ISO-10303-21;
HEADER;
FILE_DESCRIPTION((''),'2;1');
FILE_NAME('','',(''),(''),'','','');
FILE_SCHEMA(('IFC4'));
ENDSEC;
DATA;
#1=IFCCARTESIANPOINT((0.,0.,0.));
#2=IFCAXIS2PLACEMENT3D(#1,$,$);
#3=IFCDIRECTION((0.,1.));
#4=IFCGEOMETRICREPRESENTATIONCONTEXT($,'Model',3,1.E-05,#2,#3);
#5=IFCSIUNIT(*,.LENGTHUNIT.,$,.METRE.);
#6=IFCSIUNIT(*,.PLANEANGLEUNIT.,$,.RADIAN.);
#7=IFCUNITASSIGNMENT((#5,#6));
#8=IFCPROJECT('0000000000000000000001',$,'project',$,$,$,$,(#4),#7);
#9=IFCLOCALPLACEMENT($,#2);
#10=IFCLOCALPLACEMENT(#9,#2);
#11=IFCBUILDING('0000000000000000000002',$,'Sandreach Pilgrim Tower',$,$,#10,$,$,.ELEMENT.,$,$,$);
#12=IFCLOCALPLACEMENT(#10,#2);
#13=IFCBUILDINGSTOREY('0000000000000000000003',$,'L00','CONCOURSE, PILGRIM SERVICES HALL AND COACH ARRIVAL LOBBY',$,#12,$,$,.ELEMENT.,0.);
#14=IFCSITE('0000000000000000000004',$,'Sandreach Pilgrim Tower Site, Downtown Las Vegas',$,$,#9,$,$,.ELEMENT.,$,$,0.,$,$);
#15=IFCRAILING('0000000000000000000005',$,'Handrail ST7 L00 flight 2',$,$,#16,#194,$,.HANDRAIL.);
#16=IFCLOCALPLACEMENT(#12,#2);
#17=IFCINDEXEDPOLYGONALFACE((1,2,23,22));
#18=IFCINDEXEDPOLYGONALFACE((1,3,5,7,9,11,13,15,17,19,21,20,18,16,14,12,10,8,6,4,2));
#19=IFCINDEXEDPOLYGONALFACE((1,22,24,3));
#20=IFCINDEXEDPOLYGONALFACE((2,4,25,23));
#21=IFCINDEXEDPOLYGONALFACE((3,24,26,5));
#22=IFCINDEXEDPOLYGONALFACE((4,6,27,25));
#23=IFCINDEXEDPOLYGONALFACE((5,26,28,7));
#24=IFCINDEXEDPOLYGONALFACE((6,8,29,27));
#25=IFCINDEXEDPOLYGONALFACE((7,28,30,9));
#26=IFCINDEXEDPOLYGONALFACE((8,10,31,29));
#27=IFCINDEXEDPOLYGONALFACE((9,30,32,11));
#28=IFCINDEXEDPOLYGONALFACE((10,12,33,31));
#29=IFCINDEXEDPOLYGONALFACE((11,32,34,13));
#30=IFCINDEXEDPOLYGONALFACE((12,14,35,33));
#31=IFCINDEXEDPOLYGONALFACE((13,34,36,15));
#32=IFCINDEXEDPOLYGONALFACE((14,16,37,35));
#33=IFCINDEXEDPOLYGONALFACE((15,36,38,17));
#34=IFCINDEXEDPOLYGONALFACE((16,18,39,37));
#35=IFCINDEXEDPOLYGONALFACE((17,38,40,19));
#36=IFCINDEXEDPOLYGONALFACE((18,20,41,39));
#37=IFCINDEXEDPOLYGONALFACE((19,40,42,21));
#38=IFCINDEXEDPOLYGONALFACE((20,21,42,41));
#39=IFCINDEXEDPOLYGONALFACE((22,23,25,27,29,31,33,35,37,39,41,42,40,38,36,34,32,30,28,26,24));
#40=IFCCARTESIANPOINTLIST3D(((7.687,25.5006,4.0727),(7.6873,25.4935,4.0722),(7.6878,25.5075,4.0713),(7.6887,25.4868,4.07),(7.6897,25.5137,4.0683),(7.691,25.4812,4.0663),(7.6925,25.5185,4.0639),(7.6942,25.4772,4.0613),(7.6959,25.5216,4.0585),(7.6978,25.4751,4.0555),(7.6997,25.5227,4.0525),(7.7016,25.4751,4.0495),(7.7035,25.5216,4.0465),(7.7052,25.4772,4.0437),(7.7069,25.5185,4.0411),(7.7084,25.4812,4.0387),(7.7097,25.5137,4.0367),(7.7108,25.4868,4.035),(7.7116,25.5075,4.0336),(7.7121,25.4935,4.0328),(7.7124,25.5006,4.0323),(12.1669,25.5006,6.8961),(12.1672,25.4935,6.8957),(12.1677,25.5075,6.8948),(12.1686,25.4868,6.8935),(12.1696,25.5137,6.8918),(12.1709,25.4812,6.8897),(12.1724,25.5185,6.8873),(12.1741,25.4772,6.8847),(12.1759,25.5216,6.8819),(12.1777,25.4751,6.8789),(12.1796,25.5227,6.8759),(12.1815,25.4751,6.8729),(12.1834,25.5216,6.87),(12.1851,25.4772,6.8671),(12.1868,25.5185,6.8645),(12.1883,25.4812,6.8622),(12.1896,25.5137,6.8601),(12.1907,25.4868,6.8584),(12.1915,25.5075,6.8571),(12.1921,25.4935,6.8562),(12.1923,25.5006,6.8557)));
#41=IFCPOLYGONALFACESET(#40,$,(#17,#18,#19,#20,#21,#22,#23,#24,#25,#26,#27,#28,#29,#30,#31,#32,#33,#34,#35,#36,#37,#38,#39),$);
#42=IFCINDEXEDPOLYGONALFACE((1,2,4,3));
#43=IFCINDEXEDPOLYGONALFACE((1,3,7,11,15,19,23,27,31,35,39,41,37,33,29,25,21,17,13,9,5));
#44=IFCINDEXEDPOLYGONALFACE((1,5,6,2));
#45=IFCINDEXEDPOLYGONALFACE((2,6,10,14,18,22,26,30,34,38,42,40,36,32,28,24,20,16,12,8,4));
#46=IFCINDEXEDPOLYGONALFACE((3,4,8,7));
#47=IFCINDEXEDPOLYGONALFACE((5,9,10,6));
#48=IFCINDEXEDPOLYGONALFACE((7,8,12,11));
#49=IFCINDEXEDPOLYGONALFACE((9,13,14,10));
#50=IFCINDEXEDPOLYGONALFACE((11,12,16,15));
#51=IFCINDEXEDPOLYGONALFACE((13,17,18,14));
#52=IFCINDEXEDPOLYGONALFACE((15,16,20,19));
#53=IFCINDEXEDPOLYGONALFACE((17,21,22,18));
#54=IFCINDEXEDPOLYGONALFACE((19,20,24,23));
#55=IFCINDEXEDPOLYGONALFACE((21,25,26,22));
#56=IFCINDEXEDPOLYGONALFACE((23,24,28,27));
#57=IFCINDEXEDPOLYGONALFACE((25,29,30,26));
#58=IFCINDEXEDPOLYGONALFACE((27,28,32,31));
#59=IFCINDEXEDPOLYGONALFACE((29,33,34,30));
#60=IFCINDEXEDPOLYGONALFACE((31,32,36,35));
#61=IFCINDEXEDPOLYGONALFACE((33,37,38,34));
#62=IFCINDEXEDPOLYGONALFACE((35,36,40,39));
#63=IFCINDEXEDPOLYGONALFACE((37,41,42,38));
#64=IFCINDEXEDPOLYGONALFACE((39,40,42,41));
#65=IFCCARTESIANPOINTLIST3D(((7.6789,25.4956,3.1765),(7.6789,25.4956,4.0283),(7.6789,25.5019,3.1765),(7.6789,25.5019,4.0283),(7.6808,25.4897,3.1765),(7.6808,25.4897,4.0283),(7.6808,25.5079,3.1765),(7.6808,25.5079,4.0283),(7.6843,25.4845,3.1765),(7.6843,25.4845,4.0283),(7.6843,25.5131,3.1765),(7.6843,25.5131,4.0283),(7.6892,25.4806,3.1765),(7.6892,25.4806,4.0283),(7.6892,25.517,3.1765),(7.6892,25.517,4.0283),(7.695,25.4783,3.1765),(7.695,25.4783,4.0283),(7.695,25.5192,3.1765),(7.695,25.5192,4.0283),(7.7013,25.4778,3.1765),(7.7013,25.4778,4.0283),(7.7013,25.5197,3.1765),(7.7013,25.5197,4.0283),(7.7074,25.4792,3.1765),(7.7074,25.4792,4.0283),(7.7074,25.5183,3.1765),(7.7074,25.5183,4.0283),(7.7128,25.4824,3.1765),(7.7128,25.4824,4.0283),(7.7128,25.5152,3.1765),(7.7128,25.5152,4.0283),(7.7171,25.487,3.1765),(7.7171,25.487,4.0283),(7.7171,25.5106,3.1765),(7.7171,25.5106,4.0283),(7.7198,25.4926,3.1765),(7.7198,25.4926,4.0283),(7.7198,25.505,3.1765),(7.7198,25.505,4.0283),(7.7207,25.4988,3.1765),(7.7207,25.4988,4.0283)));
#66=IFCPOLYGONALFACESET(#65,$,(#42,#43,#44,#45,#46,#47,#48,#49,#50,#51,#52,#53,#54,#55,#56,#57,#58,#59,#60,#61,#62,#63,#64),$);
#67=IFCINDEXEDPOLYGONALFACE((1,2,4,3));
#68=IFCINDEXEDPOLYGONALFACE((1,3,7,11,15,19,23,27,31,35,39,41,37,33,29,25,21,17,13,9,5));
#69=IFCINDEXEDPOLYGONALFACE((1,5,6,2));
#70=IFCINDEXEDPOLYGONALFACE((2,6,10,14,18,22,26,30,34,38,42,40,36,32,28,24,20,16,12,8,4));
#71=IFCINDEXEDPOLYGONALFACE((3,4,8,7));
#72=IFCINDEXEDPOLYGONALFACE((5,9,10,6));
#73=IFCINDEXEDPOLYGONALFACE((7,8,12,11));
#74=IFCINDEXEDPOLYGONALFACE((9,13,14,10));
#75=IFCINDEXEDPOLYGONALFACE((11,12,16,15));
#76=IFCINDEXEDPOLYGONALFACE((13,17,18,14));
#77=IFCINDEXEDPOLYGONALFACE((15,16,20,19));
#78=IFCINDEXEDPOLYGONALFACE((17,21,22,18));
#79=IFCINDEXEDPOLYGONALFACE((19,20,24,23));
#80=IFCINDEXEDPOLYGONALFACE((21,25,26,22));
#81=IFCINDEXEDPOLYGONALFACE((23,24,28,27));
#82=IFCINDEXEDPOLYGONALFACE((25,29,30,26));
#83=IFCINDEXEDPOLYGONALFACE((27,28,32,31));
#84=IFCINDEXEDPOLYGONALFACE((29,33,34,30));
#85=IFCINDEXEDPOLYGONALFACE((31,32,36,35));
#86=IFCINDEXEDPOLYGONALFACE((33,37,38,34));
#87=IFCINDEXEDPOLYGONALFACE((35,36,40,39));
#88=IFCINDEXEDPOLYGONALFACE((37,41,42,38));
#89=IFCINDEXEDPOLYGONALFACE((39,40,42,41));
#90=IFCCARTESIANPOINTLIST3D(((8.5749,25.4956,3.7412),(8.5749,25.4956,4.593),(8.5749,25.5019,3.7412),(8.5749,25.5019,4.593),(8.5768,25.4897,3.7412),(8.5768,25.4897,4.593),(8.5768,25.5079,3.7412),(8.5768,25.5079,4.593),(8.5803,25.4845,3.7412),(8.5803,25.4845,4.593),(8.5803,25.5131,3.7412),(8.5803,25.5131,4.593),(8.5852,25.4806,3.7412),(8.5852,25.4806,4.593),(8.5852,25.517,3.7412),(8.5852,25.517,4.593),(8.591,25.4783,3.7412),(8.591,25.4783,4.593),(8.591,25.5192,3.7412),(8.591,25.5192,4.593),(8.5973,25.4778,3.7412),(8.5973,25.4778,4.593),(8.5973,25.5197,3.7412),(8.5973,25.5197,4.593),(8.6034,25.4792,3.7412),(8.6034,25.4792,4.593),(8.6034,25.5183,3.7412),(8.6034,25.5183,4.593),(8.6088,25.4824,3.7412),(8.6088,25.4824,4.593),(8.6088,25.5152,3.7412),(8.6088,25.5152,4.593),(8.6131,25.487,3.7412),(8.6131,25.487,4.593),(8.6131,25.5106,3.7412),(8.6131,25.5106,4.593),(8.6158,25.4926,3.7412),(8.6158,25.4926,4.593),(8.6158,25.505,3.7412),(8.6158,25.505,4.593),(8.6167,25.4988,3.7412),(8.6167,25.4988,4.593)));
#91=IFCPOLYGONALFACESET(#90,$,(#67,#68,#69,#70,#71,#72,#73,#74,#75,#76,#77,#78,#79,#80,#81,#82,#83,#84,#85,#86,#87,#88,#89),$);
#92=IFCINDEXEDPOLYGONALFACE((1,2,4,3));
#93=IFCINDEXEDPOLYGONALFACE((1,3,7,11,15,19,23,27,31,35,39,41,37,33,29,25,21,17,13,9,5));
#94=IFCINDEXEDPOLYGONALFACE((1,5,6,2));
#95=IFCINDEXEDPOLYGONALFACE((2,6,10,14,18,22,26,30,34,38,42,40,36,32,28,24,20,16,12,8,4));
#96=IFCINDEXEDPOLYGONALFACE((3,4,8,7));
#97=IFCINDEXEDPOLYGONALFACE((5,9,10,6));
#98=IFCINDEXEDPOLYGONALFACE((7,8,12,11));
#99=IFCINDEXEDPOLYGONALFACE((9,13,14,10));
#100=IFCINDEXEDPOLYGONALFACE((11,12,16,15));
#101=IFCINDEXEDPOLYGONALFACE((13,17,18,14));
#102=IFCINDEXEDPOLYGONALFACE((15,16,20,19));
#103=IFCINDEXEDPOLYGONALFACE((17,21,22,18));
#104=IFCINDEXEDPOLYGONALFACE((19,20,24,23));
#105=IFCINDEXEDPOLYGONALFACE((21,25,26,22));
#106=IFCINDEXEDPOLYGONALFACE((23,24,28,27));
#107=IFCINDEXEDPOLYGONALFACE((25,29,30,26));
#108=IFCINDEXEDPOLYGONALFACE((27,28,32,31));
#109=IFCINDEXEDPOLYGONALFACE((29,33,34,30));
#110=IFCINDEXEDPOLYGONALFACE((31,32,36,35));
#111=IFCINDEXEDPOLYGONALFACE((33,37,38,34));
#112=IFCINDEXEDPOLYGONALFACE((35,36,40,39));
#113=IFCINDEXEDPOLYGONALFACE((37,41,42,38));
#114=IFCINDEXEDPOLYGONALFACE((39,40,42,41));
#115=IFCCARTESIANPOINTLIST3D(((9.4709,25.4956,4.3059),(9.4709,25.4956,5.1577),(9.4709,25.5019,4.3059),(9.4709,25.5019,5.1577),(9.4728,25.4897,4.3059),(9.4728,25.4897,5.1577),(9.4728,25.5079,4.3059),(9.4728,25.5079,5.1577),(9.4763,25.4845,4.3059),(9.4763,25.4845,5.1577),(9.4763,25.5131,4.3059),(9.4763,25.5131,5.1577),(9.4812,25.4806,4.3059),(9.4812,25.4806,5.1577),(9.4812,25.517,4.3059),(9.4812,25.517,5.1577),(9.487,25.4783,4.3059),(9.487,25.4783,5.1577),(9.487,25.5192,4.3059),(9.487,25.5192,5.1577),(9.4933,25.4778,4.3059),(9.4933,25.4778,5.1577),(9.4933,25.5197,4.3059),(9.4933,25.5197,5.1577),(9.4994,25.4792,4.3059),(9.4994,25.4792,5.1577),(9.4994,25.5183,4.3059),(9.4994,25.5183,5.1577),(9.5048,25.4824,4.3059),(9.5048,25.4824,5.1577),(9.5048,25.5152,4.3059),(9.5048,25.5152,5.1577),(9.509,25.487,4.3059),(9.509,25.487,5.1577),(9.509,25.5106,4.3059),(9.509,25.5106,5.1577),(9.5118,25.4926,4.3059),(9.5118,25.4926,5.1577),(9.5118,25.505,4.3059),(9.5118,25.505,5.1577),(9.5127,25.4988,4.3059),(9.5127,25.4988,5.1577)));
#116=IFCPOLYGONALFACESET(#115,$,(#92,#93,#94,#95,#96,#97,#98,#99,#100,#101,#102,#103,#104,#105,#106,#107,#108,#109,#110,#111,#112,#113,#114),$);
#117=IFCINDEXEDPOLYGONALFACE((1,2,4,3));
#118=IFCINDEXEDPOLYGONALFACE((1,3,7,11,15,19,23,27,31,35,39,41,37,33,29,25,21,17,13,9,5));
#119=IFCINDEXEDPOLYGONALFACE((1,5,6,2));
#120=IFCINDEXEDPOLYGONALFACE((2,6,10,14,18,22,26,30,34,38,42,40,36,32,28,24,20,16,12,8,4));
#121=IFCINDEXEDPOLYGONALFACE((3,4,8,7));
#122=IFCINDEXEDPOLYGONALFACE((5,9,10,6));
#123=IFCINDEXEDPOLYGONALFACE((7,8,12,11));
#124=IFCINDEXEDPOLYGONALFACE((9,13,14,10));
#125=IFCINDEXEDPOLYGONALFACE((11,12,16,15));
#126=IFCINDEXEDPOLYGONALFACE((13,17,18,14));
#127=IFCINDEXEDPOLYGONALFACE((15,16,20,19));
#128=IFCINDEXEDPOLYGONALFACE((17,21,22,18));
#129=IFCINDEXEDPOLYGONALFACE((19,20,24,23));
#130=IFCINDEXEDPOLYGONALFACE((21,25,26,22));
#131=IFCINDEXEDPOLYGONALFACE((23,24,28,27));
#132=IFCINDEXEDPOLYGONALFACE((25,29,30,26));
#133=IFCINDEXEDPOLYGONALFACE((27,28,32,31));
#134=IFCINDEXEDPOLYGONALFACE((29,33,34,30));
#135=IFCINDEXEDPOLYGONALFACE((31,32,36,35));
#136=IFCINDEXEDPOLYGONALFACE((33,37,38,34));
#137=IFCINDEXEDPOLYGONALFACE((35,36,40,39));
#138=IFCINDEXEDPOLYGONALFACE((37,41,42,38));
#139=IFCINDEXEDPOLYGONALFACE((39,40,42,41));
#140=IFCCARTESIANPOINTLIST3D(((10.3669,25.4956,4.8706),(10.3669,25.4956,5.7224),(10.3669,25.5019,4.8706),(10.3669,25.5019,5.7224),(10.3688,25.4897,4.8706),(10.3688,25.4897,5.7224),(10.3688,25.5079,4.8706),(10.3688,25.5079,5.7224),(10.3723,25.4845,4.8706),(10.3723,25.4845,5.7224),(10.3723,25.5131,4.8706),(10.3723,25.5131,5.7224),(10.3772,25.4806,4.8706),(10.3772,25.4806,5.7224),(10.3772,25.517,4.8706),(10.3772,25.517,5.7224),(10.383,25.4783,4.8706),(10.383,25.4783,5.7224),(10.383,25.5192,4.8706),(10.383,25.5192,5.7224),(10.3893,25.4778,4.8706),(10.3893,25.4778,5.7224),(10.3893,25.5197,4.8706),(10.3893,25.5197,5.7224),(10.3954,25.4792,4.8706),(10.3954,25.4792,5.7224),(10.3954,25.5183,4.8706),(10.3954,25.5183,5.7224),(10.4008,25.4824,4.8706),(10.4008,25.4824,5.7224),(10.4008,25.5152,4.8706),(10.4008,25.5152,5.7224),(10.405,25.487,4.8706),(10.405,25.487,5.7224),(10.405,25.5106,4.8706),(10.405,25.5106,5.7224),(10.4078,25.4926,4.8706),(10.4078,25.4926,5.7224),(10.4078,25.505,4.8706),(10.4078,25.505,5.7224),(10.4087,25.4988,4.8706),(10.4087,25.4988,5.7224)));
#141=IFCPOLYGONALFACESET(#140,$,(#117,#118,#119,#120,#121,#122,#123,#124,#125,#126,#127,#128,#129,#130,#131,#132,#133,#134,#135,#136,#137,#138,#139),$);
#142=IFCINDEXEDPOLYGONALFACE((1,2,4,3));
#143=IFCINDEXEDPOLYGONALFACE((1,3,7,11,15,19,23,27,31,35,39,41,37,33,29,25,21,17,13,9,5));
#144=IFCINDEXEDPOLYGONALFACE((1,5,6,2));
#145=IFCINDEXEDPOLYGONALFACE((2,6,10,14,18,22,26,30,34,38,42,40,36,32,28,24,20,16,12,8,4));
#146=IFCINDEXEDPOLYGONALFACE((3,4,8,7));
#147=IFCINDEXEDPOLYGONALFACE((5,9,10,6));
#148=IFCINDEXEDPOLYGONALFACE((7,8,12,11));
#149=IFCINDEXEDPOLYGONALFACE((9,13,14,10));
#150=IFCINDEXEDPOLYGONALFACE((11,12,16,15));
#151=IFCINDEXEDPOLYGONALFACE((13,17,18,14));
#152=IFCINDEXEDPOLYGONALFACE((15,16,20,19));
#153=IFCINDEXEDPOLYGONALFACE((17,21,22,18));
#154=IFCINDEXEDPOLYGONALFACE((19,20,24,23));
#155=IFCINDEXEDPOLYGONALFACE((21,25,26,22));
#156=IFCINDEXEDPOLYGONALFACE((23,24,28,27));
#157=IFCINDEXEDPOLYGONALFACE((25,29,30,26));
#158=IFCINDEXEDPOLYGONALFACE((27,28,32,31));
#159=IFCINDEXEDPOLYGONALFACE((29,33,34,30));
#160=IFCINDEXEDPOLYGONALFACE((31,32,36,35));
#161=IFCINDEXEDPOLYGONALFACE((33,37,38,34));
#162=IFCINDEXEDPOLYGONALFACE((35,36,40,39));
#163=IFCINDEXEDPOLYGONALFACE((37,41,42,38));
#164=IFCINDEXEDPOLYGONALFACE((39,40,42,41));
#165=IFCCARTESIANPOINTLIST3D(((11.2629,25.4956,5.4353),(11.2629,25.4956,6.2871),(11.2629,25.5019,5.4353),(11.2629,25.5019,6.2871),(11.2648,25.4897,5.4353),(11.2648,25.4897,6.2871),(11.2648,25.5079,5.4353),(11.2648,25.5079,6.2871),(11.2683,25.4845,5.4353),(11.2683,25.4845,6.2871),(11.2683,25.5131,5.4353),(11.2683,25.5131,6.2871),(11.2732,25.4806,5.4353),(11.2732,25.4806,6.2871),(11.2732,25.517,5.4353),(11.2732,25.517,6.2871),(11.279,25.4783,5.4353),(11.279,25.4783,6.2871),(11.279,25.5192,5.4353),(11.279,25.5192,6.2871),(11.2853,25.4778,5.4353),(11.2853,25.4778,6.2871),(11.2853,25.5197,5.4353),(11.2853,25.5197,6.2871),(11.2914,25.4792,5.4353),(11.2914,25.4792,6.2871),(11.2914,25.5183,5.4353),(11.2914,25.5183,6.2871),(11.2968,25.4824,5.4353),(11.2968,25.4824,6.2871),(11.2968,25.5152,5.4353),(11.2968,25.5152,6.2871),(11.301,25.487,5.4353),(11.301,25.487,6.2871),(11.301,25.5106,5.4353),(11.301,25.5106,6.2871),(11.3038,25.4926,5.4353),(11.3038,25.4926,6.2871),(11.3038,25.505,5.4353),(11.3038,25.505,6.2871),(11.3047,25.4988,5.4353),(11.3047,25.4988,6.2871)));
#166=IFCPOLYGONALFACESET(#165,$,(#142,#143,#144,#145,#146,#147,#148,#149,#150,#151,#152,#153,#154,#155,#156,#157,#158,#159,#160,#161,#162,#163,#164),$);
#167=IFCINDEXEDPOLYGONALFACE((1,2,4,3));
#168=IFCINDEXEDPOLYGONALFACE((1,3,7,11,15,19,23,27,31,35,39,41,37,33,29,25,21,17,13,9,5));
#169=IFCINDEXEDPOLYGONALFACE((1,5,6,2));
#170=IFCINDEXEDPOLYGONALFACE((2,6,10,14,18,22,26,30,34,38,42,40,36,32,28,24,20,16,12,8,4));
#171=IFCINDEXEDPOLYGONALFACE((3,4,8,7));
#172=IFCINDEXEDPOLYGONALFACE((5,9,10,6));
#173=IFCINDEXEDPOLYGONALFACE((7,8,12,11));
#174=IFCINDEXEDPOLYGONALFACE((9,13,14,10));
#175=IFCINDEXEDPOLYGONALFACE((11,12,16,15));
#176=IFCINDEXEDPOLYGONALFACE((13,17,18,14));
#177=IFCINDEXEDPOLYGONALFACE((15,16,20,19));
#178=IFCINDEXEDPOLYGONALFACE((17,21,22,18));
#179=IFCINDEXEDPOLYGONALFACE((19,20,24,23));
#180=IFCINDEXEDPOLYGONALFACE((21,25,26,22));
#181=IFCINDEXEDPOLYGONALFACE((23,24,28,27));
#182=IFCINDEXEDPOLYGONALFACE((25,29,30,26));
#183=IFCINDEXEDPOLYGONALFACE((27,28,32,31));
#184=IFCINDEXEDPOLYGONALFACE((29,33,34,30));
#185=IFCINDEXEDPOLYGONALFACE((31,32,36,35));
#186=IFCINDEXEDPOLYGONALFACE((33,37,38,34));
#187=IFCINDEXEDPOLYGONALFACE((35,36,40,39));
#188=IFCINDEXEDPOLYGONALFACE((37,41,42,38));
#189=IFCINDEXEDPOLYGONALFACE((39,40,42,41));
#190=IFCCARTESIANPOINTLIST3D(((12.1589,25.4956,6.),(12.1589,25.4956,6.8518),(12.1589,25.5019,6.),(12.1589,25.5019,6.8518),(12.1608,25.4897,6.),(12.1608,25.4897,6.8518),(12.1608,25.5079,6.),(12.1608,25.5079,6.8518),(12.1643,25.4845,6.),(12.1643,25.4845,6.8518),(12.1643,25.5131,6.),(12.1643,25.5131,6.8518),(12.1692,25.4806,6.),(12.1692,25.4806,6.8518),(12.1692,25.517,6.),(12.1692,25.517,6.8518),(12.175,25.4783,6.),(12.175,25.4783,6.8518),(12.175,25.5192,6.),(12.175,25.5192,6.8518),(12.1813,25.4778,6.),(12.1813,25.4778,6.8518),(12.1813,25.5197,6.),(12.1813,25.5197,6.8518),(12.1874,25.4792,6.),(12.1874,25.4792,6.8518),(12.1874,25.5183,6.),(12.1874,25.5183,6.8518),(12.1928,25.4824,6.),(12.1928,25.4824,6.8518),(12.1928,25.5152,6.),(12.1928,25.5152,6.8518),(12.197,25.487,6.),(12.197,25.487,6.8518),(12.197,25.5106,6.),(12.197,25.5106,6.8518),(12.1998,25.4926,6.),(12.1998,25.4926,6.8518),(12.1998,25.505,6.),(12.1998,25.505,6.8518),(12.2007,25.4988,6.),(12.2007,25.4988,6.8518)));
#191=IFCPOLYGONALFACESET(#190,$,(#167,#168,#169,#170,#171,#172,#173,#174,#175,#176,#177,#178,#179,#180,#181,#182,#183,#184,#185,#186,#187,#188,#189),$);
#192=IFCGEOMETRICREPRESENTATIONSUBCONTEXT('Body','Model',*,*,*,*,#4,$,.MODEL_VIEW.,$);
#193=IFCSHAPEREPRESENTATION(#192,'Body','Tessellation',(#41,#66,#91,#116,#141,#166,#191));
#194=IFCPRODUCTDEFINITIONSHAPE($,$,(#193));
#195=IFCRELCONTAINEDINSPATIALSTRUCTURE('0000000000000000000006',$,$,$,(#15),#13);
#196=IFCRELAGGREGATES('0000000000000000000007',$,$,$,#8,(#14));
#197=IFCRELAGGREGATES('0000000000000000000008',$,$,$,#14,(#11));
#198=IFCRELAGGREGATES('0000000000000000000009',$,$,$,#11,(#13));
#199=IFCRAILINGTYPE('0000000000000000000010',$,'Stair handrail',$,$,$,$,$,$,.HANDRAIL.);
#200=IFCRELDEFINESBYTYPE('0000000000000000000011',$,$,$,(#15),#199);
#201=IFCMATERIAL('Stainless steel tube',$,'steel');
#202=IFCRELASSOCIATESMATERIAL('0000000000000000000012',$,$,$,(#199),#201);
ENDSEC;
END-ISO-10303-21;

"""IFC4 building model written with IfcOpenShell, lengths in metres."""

from ifc_helpers import new_model, si_unit, direction, frame, origin, origin_2d, place, context, subcontext, project, spatial, circle, extrude, material, type_object, element, save


model = new_model("IFC4")

# Units and contexts
model_context = context("Model", 3, precision=1e-05, world=origin(), true_north=direction((0.0, 1.0)))
body_context = subcontext(model_context, "Body", "Model", "MODEL_VIEW")
ifc_project = project(units=[si_unit("LENGTHUNIT", "METRE"), si_unit("PLANEANGLEUNIT", "RADIAN")], contexts=[model_context])

# Site, building, storey
site_placement = place(None, origin())
site = spatial("IfcSite", under=ifc_project, at=site_placement, Name="Sandreach Pilgrim Tower Site, Downtown Las Vegas", CompositionType="ELEMENT", RefElevation=0.0)
building_placement = place(site_placement, origin())
building = spatial("IfcBuilding", under=site, at=building_placement, Name="Sandreach Pilgrim Tower", CompositionType="ELEMENT")
storey_placement = place(building_placement, origin())
storey = spatial("IfcBuildingStorey", under=building, at=storey_placement, Name="L00", Description="CONCOURSE, PILGRIM SERVICES HALL AND COACH ARRIVAL LOBBY", CompositionType="ELEMENT", Elevation=0.0)

# Railing
ifc_material_1 = material(Name="Stainless steel tube", Category="steel")
railing_type = type_object("IfcRailingType", Name="Stair handrail", PredefinedType="HANDRAIL", material=ifc_material_1)
for number, where, name in (
    (1, (7.6997, 25.4988, 3.1765), "Handrail ST7 L00 flight 2"),
):
    element("IfcRailing", number, at=place(storey_placement, frame(where)), inside=storey, type_object=railing_type, Name=name, PredefinedType="HANDRAIL", context=body_context, shape_type="SweptSolid", body=[
        extrude(circle(Radius=0.0239, at=origin_2d()), frame((0.0, 0.0, 0.876), z_axis=(0.845998, 0.0, 0.533186), x_axis=(0.0, 1.0, 0.0)), (0.0, 0.0, 1.0), 5.2954),
        extrude(circle(Radius=0.021, at=origin_2d()), origin(), (0.0, 0.0, 1.0), 0.8518),
        extrude(circle(Radius=0.021, at=origin_2d()), frame((0.896, 0.0, 0.5647)), (0.0, 0.0, 1.0), 0.8518),
        extrude(circle(Radius=0.021, at=origin_2d()), frame((1.792, 0.0, 1.1294)), (0.0, 0.0, 1.0), 0.8518),
        extrude(circle(Radius=0.021, at=origin_2d()), frame((2.688, 0.0, 1.6941)), (0.0, 0.0, 1.0), 0.8518),
        extrude(circle(Radius=0.021, at=origin_2d()), frame((3.584, 0.0, 2.2588)), (0.0, 0.0, 1.0), 0.8518),
        extrude(circle(Radius=0.021, at=origin_2d()), frame((4.48, 0.0, 2.8235)), (0.0, 0.0, 1.0), 0.8518),
    ])

save(model, "model.ifc")
